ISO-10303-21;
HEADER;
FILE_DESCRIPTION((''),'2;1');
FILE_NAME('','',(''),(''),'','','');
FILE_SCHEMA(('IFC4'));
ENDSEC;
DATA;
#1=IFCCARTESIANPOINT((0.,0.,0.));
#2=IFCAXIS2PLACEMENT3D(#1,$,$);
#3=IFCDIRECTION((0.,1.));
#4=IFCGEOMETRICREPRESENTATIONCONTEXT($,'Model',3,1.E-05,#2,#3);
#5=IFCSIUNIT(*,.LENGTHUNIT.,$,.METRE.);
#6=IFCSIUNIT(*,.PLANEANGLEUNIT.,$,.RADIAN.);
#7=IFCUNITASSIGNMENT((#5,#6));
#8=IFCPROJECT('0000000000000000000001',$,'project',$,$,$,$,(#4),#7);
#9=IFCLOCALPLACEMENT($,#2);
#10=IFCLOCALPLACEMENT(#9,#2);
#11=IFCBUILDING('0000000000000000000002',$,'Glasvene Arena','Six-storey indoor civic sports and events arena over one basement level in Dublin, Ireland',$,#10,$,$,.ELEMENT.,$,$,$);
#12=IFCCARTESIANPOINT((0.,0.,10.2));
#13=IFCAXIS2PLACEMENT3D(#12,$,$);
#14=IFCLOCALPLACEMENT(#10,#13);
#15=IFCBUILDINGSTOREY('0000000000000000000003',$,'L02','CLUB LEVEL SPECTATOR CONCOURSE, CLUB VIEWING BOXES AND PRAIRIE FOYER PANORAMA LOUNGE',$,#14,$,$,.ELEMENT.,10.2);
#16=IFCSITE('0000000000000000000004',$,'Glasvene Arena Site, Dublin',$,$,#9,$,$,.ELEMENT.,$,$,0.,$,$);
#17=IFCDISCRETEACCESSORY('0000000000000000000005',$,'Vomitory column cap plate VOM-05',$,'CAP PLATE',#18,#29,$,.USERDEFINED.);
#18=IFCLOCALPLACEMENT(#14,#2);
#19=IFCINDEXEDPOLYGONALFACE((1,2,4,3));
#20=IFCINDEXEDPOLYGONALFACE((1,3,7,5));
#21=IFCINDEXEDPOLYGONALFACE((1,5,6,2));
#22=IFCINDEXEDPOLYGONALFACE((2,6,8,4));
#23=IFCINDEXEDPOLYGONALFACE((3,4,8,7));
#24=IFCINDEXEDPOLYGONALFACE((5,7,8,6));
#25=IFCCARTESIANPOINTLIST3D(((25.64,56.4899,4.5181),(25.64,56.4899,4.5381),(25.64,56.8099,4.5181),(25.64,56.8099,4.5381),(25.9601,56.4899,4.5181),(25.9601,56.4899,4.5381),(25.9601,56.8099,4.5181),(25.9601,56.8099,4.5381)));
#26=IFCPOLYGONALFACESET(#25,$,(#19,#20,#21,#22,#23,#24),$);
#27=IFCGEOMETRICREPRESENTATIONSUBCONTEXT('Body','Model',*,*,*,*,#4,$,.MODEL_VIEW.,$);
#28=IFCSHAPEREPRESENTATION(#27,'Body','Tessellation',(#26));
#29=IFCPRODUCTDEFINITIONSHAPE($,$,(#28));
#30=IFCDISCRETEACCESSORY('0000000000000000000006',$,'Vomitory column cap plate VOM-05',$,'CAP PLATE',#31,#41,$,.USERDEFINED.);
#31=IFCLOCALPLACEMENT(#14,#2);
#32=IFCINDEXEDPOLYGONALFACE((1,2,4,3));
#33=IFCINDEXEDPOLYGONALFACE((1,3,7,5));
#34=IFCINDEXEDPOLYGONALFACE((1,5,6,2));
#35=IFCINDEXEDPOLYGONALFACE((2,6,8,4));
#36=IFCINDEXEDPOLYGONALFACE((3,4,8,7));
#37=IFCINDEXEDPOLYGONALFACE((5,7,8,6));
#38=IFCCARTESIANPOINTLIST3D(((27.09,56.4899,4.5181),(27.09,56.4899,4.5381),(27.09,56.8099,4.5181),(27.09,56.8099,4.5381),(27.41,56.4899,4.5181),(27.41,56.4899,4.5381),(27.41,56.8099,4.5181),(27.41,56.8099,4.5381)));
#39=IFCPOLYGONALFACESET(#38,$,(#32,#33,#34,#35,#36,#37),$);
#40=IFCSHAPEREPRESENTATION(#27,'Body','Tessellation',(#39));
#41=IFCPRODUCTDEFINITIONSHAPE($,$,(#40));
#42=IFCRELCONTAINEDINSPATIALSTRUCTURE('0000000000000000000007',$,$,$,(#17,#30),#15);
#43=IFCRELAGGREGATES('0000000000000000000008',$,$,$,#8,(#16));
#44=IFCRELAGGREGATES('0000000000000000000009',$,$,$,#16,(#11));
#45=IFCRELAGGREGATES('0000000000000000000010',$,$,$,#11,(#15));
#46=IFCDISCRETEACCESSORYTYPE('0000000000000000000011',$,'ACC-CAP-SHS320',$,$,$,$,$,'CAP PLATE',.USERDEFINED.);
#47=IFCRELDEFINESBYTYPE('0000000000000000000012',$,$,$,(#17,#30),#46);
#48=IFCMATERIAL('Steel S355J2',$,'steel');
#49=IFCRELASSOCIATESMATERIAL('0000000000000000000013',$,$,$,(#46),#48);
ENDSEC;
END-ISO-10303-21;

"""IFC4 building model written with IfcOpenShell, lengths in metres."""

from ifc_helpers import new_model, si_unit, direction, frame, origin, origin_2d, place, context, subcontext, project, spatial, rectangle, extrude, material, type_object, element, save


model = new_model("IFC4")

# Units and contexts
model_context = context("Model", 3, precision=1e-05, world=origin(), true_north=direction((0.0, 1.0)))
body_context = subcontext(model_context, "Body", "Model", "MODEL_VIEW")
ifc_project = project(units=[si_unit("LENGTHUNIT", "METRE"), si_unit("PLANEANGLEUNIT", "RADIAN")], contexts=[model_context])

# Site, building, storey
site_placement = place(None, origin())
site = spatial("IfcSite", under=ifc_project, at=site_placement, Name="Glasvene Arena Site, Dublin", CompositionType="ELEMENT", RefElevation=0.0)
building_placement = place(site_placement, origin())
building = spatial("IfcBuilding", under=site, at=building_placement, Name="Glasvene Arena", Description="Six-storey indoor civic sports and events arena over one basement level in Dublin, Ireland", CompositionType="ELEMENT")
storey_placement = place(building_placement, frame((0.0, 0.0, 10.2)))
storey = spatial("IfcBuildingStorey", under=building, at=storey_placement, Name="L02", Description="CLUB LEVEL SPECTATOR CONCOURSE, CLUB VIEWING BOXES AND PRAIRIE FOYER PANORAMA LOUNGE", CompositionType="ELEMENT", Elevation=10.2)

# Shared definitions
ifc_material_1 = material(Name="Steel S355J2", Category="steel")

# Discrete accessories
discrete_accessory_type_1 = type_object("IfcDiscreteAccessoryType", Name="ACC-CAP-SHS320", ElementType="CAP PLATE", PredefinedType="USERDEFINED", material=ifc_material_1)
for number, where, z_axis, x_axis, name in (
    (1, (25.8, 56.6499, 4.5181), (0.0, 0.0, 1.0), (1.0, 0.0, 0.0), "Vomitory column cap plate VOM-05"),
    (2, (27.25, 56.6499, 4.5181), (0.0, 0.0, 1.0), (1.0, 0.0, 0.0), "Vomitory column cap plate VOM-05"),
):
    element("IfcDiscreteAccessory", number, at=place(storey_placement, frame(where, z_axis=z_axis, x_axis=x_axis)), inside=storey, type_object=discrete_accessory_type_1, Name=name, ObjectType="CAP PLATE", PredefinedType="USERDEFINED", context=body_context, shape_type="SweptSolid", body=[
        extrude(rectangle(XDim=0.3201, YDim=0.3201, at=origin_2d()), origin(), (0.0, 0.0, 1.0), 0.02),
    ])

save(model, "model.ifc")
